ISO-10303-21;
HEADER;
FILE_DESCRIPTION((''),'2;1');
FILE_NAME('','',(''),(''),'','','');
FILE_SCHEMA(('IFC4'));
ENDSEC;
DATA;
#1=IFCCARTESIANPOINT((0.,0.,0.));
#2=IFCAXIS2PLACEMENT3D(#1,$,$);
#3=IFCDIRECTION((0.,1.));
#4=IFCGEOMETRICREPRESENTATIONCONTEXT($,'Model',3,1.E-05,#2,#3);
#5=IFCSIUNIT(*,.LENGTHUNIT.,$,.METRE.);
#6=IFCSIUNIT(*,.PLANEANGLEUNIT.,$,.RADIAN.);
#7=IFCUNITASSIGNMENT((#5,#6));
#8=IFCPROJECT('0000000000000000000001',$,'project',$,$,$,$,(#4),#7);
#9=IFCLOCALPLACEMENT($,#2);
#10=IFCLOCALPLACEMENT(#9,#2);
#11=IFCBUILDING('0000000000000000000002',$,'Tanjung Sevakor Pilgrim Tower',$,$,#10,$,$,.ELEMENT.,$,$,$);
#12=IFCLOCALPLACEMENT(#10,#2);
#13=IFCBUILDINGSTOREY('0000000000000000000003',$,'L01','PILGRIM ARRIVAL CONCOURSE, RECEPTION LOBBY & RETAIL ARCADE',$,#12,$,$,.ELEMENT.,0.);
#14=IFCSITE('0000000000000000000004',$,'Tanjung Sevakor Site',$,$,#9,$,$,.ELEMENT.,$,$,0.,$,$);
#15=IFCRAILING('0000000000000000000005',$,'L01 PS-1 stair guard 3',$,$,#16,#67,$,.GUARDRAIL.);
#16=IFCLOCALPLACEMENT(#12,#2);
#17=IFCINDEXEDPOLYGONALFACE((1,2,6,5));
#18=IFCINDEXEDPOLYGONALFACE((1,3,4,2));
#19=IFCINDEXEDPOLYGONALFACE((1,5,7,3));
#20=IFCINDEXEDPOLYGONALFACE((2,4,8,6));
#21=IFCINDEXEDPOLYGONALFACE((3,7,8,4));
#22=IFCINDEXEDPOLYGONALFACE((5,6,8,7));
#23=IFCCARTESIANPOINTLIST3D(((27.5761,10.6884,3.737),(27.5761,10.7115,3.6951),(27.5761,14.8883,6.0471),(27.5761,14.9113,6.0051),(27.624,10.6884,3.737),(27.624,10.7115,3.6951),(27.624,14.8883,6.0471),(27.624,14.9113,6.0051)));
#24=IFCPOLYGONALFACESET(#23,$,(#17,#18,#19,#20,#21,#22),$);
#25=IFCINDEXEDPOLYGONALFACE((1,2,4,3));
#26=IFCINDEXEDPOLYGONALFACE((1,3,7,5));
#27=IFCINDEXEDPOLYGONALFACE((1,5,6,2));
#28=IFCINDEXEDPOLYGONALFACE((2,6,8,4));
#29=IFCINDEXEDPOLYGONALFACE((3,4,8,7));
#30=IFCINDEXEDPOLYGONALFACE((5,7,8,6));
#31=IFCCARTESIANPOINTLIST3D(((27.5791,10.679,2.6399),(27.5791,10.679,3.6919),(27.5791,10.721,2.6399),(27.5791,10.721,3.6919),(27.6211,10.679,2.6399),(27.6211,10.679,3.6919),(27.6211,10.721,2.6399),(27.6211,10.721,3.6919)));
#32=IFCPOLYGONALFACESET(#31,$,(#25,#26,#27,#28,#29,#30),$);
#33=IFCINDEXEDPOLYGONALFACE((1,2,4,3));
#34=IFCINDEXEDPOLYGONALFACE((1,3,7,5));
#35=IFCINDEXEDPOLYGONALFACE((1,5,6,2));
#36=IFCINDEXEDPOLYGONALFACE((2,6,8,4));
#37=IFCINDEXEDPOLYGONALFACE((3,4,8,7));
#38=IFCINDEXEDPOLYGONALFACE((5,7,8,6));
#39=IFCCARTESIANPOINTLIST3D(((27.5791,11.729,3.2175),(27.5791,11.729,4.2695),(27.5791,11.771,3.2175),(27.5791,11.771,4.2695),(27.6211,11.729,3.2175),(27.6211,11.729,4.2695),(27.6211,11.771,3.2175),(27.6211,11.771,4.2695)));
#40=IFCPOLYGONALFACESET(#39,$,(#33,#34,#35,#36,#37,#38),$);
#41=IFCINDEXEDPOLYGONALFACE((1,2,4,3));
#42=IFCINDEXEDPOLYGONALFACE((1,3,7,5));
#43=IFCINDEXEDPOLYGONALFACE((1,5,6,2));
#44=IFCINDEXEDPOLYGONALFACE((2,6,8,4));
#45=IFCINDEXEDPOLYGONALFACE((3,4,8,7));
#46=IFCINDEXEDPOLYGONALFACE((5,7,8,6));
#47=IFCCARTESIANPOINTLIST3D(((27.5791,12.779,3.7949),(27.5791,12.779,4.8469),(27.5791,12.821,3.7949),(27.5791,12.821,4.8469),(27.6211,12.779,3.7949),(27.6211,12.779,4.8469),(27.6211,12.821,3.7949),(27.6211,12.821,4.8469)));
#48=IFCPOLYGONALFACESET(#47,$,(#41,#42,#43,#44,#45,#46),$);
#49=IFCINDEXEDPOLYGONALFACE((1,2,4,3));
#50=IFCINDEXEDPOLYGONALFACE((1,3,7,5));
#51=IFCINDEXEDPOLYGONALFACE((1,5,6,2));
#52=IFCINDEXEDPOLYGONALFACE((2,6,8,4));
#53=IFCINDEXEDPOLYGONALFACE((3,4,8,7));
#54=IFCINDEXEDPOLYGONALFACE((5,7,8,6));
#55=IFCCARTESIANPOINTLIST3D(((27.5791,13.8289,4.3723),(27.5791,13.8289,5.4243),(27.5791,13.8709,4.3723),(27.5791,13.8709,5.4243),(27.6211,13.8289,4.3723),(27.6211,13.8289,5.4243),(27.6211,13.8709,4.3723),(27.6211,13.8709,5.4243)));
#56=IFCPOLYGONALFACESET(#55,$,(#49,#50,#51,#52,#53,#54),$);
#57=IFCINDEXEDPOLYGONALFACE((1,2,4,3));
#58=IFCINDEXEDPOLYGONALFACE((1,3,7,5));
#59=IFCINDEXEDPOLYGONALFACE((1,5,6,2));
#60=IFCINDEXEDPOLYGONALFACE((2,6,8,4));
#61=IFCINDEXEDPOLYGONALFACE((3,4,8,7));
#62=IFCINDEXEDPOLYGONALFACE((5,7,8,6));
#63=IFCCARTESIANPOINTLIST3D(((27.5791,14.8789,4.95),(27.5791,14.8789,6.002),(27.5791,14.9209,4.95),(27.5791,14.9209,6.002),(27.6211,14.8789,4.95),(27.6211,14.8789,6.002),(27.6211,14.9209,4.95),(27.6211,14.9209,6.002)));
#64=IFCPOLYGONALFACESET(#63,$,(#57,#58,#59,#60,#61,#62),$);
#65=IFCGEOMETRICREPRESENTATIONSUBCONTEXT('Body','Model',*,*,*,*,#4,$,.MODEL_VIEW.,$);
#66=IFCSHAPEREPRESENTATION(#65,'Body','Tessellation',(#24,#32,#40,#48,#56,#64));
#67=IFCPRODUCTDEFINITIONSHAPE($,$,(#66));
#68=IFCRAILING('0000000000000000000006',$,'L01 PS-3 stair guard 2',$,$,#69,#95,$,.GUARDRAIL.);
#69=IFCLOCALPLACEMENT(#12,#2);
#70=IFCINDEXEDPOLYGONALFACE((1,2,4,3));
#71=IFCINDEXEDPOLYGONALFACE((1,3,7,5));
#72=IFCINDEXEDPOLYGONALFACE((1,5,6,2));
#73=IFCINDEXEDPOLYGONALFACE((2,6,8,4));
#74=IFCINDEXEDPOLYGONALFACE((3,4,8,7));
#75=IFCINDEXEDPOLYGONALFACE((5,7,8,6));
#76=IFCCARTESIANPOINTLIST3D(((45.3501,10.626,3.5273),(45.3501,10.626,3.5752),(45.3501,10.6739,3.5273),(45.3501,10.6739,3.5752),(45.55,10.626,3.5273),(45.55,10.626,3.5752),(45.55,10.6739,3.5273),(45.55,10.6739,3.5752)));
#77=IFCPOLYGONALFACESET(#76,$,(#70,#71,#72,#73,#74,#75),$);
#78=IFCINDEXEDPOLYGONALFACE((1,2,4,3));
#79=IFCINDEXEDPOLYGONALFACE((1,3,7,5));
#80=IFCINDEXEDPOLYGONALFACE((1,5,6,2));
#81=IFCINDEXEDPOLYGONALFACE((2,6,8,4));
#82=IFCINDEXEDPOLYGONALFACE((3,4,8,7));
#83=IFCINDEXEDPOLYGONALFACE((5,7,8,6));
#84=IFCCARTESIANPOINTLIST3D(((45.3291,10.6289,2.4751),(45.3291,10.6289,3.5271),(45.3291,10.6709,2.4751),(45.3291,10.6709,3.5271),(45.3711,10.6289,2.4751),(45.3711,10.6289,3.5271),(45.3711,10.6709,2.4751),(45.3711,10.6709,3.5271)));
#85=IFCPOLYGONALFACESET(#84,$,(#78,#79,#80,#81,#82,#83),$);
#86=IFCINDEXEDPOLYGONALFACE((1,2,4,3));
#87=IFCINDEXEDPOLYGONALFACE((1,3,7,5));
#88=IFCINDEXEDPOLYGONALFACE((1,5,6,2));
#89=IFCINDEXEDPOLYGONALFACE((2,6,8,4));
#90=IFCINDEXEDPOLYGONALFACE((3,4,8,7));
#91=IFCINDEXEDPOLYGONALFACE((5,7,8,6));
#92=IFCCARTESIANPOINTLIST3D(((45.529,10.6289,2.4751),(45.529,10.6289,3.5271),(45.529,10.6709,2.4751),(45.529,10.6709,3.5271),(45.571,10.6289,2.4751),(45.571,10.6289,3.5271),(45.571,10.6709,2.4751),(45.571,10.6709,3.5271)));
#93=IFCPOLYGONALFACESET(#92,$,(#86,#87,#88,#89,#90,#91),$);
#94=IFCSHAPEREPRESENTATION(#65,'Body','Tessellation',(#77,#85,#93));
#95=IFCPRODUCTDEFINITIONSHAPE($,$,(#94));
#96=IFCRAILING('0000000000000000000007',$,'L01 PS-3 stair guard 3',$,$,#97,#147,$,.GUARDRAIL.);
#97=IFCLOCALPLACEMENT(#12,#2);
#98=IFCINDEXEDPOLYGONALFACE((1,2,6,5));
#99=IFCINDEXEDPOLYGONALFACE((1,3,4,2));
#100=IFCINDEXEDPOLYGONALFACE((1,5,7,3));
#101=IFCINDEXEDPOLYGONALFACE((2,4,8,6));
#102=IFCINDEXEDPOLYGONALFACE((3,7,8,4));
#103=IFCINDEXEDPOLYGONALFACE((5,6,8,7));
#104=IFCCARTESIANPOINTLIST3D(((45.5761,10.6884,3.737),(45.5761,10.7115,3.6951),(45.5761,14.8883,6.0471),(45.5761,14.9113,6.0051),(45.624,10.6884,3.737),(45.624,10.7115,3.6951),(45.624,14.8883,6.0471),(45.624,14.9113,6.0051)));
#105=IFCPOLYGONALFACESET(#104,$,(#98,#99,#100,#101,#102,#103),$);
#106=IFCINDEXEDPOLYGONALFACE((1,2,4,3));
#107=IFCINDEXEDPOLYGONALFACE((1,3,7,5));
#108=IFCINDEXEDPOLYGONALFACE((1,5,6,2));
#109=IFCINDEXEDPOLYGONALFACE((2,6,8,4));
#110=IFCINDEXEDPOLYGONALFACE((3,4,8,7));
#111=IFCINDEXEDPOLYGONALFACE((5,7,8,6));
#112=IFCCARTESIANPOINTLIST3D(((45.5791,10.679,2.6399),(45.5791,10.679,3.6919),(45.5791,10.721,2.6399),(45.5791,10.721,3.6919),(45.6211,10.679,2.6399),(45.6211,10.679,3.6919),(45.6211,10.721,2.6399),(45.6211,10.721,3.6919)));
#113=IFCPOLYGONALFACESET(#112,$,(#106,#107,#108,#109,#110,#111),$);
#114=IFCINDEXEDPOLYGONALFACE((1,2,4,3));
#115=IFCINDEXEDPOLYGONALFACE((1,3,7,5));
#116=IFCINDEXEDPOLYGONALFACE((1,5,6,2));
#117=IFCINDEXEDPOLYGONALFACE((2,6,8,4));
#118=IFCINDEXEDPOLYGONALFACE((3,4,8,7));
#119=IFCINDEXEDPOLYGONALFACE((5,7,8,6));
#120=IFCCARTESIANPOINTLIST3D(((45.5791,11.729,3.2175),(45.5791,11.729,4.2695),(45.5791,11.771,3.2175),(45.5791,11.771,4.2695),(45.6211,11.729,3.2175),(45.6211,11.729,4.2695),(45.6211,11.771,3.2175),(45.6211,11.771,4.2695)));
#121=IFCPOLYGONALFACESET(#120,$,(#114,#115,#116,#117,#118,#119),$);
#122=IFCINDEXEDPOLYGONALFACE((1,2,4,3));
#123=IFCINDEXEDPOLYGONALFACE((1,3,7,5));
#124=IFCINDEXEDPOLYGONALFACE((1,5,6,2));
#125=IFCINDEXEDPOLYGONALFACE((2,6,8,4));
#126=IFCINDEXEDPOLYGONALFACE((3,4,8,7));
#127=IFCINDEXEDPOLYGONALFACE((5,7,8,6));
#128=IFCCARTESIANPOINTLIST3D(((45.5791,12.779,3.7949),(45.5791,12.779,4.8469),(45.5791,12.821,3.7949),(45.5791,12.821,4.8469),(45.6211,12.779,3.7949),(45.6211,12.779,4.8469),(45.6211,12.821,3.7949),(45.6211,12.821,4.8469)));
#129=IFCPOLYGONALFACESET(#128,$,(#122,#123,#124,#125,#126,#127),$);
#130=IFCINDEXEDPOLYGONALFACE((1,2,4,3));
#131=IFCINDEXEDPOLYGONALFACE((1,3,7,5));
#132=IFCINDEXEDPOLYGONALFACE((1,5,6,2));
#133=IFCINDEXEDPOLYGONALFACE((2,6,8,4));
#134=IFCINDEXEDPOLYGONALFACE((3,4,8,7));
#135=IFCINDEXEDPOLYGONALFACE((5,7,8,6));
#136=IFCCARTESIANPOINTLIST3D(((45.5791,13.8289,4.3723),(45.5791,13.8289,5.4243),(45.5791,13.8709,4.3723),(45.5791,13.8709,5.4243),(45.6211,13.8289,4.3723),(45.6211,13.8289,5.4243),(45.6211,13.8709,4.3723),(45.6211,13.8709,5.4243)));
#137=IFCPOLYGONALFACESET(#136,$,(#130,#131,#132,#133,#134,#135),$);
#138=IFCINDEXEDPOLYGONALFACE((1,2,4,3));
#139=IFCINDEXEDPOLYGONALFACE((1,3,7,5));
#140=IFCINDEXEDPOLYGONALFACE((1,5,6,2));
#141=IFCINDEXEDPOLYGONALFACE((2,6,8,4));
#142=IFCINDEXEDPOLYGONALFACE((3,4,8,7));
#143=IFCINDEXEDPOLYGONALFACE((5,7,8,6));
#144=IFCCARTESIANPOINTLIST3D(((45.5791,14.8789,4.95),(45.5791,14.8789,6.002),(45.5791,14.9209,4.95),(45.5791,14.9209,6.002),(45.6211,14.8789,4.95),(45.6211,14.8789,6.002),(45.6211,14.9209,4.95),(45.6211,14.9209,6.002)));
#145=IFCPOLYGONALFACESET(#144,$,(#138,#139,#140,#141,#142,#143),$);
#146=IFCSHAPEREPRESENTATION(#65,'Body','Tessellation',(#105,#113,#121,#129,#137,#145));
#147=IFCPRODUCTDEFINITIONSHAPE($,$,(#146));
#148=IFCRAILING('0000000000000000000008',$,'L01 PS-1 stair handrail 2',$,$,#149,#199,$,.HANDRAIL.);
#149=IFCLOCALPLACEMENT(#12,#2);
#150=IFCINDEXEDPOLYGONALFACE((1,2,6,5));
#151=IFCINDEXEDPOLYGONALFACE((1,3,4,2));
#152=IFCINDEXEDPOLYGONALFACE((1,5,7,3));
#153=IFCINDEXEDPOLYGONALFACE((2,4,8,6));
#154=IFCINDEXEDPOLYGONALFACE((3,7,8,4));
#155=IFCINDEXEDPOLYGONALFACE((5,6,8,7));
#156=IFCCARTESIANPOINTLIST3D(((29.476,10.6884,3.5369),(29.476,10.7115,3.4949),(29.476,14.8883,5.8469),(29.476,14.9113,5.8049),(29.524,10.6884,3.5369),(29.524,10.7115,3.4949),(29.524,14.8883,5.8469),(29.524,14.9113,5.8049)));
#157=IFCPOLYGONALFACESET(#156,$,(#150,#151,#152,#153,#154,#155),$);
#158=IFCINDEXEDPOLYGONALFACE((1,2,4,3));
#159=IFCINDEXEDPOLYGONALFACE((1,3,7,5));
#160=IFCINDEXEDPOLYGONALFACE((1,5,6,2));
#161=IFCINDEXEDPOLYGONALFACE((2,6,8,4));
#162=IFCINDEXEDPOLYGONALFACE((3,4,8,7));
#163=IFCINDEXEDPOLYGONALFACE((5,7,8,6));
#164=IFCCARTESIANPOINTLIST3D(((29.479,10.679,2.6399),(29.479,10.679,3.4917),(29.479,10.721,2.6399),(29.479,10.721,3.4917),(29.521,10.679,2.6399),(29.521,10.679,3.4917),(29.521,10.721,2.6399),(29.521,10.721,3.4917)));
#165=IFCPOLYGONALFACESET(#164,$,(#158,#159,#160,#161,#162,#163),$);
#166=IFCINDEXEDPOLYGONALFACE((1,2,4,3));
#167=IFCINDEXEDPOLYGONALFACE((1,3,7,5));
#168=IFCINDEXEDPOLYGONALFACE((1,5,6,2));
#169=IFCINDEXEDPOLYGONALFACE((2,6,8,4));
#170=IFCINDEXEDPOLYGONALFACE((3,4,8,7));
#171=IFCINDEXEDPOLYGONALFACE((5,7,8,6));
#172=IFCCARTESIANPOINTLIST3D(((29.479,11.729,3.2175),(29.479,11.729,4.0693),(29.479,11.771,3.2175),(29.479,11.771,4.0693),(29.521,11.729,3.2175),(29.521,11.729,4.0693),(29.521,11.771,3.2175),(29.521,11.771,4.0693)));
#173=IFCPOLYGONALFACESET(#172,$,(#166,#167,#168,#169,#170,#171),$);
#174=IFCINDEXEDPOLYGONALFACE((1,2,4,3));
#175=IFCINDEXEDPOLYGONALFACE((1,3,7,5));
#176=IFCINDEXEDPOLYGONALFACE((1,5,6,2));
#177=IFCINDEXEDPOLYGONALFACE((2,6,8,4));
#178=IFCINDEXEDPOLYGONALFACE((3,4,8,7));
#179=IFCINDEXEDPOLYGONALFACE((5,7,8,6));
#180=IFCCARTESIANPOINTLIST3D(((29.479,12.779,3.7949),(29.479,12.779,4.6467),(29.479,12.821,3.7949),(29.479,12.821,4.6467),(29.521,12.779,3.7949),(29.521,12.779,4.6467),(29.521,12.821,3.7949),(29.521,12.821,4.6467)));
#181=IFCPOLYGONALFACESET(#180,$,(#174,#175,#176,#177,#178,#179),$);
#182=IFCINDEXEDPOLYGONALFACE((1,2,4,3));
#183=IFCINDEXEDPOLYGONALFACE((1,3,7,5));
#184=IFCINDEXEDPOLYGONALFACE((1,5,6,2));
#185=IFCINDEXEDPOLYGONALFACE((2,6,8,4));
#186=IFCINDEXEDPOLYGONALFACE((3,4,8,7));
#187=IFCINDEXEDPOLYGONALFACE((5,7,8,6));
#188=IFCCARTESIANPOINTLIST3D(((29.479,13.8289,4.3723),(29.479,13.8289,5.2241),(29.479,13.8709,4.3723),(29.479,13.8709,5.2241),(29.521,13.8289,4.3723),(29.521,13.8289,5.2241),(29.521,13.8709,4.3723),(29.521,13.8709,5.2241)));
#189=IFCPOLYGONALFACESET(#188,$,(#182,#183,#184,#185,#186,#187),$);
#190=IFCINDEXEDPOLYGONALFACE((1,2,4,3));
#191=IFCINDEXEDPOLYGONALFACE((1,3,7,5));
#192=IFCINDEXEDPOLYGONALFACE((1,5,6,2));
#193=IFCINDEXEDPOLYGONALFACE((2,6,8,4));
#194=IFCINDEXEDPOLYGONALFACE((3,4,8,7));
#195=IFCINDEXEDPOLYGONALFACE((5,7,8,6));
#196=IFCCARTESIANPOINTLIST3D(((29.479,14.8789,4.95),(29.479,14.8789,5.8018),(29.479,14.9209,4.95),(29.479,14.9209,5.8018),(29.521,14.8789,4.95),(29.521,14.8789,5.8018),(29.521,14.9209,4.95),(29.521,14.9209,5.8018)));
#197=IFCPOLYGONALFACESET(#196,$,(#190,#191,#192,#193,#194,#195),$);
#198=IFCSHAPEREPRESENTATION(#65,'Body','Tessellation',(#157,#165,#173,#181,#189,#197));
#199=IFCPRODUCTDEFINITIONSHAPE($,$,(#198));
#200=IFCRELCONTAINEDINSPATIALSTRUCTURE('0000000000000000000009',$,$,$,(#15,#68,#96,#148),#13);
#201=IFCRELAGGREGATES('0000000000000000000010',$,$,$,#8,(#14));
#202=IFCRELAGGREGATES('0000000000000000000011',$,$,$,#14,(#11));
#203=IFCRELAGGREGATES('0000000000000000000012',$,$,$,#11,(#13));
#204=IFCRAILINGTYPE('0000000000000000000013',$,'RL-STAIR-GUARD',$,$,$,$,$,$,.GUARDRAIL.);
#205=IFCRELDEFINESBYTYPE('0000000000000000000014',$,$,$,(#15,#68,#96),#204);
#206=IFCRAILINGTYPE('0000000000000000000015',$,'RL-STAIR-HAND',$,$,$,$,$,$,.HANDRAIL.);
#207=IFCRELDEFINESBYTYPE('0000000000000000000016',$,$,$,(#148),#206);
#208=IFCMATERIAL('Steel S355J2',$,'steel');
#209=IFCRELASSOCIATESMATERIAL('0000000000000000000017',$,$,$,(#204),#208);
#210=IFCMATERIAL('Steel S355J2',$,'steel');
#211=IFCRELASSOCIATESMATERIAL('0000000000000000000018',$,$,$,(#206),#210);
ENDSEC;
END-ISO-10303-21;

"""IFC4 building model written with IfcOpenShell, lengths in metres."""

from ifc_helpers import new_model, si_unit, direction, frame, origin, place, context, subcontext, project, spatial, rectangle, extrude, material, type_object, element, save


model = new_model("IFC4")

# Units and contexts
model_context = context("Model", 3, precision=1e-05, world=origin(), true_north=direction((0.0, 1.0)))
body_context = subcontext(model_context, "Body", "Model", "MODEL_VIEW")
ifc_project = project(units=[si_unit("LENGTHUNIT", "METRE"), si_unit("PLANEANGLEUNIT", "RADIAN")], contexts=[model_context])

# Site, building, storey
site_placement = place(None, origin())
site = spatial("IfcSite", under=ifc_project, at=site_placement, Name="Tanjung Sevakor Site", CompositionType="ELEMENT", RefElevation=0.0)
building_placement = place(site_placement, origin())
building = spatial("IfcBuilding", under=site, at=building_placement, Name="Tanjung Sevakor Pilgrim Tower", CompositionType="ELEMENT")
storey_placement = place(building_placement, origin())
storey = spatial("IfcBuildingStorey", under=building, at=storey_placement, Name="L01", Description="PILGRIM ARRIVAL CONCOURSE, RECEPTION LOBBY & RETAIL ARCADE", CompositionType="ELEMENT", Elevation=0.0)

# Railings
ifc_material_1 = material(Name="Steel S355J2", Category="steel")
railing_type_1 = type_object("IfcRailingType", Name="RL-STAIR-GUARD", PredefinedType="GUARDRAIL", material=ifc_material_1)
railing_1_placement = place(storey_placement, frame((27.6001, 10.7, 2.6399)))
element("IfcRailing", 1, at=railing_1_placement, inside=storey, type_object=railing_type_1, Name="L01 PS-1 stair guard 3", PredefinedType="GUARDRAIL", context=body_context, shape_type="SweptSolid", body=[
    extrude(rectangle(XDim=0.0479, YDim=0.0479), frame((0.0, 0.0, 1.0762), z_axis=(0.0, 0.876208, 0.481932), x_axis=(-1.0, 0.0, 0.0)), (0.0, 0.0, 1.0), 4.7932),
    extrude(rectangle(XDim=0.042, YDim=0.042), origin(), (0.0, 0.0, 1.0), 1.052),
    extrude(rectangle(XDim=0.042, YDim=0.042), frame((0.0, 1.05, 0.5776)), (0.0, 0.0, 1.0), 1.052),
    extrude(rectangle(XDim=0.042, YDim=0.042), frame((0.0, 2.1001, 1.155)), (0.0, 0.0, 1.0), 1.052),
    extrude(rectangle(XDim=0.042, YDim=0.042), frame((0.0, 3.1499, 1.7324)), (0.0, 0.0, 1.0), 1.052),
    extrude(rectangle(XDim=0.042, YDim=0.042), frame((0.0, 4.2, 2.3101)), (0.0, 0.0, 1.0), 1.052),
])
railing_2_placement = place(storey_placement, frame((45.3501, 10.6499, 2.4751)))
element("IfcRailing", 2, at=railing_2_placement, inside=storey, type_object=railing_type_1, Name="L01 PS-3 stair guard 2", PredefinedType="GUARDRAIL", context=body_context, shape_type="SweptSolid", body=[
    extrude(rectangle(XDim=0.0479, YDim=0.0479), frame((0.0, 0.0, 1.0762), z_axis=(1.0, 0.0, 0.0), x_axis=(0.0, 1.0, 0.0)), (0.0, 0.0, 1.0), 0.2),
    extrude(rectangle(XDim=0.042, YDim=0.042), origin(), (0.0, 0.0, 1.0), 1.052),
    extrude(rectangle(XDim=0.042, YDim=0.042), frame((0.2, 0.0, 0.0)), (0.0, 0.0, 1.0), 1.052),
])
railing_3_placement = place(storey_placement, frame((45.6001, 10.7, 2.6399)))
element("IfcRailing", 3, at=railing_3_placement, inside=storey, type_object=railing_type_1, Name="L01 PS-3 stair guard 3", PredefinedType="GUARDRAIL", context=body_context, shape_type="SweptSolid", body=[
    extrude(rectangle(XDim=0.0479, YDim=0.0479), frame((0.0, 0.0, 1.0762), z_axis=(0.0, 0.876208, 0.481932), x_axis=(-1.0, 0.0, 0.0)), (0.0, 0.0, 1.0), 4.7932),
    extrude(rectangle(XDim=0.042, YDim=0.042), origin(), (0.0, 0.0, 1.0), 1.052),
    extrude(rectangle(XDim=0.042, YDim=0.042), frame((0.0, 1.05, 0.5776)), (0.0, 0.0, 1.0), 1.052),
    extrude(rectangle(XDim=0.042, YDim=0.042), frame((0.0, 2.1001, 1.155)), (0.0, 0.0, 1.0), 1.052),
    extrude(rectangle(XDim=0.042, YDim=0.042), frame((0.0, 3.1499, 1.7324)), (0.0, 0.0, 1.0), 1.052),
    extrude(rectangle(XDim=0.042, YDim=0.042), frame((0.0, 4.2, 2.3101)), (0.0, 0.0, 1.0), 1.052),
])
ifc_material_2 = material(Name="Steel S355J2", Category="steel")
railing_type_2 = type_object("IfcRailingType", Name="RL-STAIR-HAND", PredefinedType="HANDRAIL", material=ifc_material_2)
for number, where, name in (
    (4, (29.5, 10.7, 2.6399), "L01 PS-1 stair handrail 2"),
):
    element("IfcRailing", number, at=place(storey_placement, frame(where)), inside=storey, type_object=railing_type_2, Name=name, PredefinedType="HANDRAIL", context=body_context, shape_type="SweptSolid", body=[
        extrude(rectangle(XDim=0.0479, YDim=0.0479), frame((0.0, 0.0, 0.876), z_axis=(0.0, 0.876208, 0.481932), x_axis=(-1.0, 0.0, 0.0)), (0.0, 0.0, 1.0), 4.7932),
        extrude(rectangle(XDim=0.042, YDim=0.042), origin(), (0.0, 0.0, 1.0), 0.8518),
        extrude(rectangle(XDim=0.042, YDim=0.042), frame((0.0, 1.05, 0.5776)), (0.0, 0.0, 1.0), 0.8518),
        extrude(rectangle(XDim=0.042, YDim=0.042), frame((0.0, 2.1001, 1.155)), (0.0, 0.0, 1.0), 0.8518),
        extrude(rectangle(XDim=0.042, YDim=0.042), frame((0.0, 3.1499, 1.7324)), (0.0, 0.0, 1.0), 0.8518),
        extrude(rectangle(XDim=0.042, YDim=0.042), frame((0.0, 4.2, 2.3101)), (0.0, 0.0, 1.0), 0.8518),
    ])

save(model, "model.ifc")
